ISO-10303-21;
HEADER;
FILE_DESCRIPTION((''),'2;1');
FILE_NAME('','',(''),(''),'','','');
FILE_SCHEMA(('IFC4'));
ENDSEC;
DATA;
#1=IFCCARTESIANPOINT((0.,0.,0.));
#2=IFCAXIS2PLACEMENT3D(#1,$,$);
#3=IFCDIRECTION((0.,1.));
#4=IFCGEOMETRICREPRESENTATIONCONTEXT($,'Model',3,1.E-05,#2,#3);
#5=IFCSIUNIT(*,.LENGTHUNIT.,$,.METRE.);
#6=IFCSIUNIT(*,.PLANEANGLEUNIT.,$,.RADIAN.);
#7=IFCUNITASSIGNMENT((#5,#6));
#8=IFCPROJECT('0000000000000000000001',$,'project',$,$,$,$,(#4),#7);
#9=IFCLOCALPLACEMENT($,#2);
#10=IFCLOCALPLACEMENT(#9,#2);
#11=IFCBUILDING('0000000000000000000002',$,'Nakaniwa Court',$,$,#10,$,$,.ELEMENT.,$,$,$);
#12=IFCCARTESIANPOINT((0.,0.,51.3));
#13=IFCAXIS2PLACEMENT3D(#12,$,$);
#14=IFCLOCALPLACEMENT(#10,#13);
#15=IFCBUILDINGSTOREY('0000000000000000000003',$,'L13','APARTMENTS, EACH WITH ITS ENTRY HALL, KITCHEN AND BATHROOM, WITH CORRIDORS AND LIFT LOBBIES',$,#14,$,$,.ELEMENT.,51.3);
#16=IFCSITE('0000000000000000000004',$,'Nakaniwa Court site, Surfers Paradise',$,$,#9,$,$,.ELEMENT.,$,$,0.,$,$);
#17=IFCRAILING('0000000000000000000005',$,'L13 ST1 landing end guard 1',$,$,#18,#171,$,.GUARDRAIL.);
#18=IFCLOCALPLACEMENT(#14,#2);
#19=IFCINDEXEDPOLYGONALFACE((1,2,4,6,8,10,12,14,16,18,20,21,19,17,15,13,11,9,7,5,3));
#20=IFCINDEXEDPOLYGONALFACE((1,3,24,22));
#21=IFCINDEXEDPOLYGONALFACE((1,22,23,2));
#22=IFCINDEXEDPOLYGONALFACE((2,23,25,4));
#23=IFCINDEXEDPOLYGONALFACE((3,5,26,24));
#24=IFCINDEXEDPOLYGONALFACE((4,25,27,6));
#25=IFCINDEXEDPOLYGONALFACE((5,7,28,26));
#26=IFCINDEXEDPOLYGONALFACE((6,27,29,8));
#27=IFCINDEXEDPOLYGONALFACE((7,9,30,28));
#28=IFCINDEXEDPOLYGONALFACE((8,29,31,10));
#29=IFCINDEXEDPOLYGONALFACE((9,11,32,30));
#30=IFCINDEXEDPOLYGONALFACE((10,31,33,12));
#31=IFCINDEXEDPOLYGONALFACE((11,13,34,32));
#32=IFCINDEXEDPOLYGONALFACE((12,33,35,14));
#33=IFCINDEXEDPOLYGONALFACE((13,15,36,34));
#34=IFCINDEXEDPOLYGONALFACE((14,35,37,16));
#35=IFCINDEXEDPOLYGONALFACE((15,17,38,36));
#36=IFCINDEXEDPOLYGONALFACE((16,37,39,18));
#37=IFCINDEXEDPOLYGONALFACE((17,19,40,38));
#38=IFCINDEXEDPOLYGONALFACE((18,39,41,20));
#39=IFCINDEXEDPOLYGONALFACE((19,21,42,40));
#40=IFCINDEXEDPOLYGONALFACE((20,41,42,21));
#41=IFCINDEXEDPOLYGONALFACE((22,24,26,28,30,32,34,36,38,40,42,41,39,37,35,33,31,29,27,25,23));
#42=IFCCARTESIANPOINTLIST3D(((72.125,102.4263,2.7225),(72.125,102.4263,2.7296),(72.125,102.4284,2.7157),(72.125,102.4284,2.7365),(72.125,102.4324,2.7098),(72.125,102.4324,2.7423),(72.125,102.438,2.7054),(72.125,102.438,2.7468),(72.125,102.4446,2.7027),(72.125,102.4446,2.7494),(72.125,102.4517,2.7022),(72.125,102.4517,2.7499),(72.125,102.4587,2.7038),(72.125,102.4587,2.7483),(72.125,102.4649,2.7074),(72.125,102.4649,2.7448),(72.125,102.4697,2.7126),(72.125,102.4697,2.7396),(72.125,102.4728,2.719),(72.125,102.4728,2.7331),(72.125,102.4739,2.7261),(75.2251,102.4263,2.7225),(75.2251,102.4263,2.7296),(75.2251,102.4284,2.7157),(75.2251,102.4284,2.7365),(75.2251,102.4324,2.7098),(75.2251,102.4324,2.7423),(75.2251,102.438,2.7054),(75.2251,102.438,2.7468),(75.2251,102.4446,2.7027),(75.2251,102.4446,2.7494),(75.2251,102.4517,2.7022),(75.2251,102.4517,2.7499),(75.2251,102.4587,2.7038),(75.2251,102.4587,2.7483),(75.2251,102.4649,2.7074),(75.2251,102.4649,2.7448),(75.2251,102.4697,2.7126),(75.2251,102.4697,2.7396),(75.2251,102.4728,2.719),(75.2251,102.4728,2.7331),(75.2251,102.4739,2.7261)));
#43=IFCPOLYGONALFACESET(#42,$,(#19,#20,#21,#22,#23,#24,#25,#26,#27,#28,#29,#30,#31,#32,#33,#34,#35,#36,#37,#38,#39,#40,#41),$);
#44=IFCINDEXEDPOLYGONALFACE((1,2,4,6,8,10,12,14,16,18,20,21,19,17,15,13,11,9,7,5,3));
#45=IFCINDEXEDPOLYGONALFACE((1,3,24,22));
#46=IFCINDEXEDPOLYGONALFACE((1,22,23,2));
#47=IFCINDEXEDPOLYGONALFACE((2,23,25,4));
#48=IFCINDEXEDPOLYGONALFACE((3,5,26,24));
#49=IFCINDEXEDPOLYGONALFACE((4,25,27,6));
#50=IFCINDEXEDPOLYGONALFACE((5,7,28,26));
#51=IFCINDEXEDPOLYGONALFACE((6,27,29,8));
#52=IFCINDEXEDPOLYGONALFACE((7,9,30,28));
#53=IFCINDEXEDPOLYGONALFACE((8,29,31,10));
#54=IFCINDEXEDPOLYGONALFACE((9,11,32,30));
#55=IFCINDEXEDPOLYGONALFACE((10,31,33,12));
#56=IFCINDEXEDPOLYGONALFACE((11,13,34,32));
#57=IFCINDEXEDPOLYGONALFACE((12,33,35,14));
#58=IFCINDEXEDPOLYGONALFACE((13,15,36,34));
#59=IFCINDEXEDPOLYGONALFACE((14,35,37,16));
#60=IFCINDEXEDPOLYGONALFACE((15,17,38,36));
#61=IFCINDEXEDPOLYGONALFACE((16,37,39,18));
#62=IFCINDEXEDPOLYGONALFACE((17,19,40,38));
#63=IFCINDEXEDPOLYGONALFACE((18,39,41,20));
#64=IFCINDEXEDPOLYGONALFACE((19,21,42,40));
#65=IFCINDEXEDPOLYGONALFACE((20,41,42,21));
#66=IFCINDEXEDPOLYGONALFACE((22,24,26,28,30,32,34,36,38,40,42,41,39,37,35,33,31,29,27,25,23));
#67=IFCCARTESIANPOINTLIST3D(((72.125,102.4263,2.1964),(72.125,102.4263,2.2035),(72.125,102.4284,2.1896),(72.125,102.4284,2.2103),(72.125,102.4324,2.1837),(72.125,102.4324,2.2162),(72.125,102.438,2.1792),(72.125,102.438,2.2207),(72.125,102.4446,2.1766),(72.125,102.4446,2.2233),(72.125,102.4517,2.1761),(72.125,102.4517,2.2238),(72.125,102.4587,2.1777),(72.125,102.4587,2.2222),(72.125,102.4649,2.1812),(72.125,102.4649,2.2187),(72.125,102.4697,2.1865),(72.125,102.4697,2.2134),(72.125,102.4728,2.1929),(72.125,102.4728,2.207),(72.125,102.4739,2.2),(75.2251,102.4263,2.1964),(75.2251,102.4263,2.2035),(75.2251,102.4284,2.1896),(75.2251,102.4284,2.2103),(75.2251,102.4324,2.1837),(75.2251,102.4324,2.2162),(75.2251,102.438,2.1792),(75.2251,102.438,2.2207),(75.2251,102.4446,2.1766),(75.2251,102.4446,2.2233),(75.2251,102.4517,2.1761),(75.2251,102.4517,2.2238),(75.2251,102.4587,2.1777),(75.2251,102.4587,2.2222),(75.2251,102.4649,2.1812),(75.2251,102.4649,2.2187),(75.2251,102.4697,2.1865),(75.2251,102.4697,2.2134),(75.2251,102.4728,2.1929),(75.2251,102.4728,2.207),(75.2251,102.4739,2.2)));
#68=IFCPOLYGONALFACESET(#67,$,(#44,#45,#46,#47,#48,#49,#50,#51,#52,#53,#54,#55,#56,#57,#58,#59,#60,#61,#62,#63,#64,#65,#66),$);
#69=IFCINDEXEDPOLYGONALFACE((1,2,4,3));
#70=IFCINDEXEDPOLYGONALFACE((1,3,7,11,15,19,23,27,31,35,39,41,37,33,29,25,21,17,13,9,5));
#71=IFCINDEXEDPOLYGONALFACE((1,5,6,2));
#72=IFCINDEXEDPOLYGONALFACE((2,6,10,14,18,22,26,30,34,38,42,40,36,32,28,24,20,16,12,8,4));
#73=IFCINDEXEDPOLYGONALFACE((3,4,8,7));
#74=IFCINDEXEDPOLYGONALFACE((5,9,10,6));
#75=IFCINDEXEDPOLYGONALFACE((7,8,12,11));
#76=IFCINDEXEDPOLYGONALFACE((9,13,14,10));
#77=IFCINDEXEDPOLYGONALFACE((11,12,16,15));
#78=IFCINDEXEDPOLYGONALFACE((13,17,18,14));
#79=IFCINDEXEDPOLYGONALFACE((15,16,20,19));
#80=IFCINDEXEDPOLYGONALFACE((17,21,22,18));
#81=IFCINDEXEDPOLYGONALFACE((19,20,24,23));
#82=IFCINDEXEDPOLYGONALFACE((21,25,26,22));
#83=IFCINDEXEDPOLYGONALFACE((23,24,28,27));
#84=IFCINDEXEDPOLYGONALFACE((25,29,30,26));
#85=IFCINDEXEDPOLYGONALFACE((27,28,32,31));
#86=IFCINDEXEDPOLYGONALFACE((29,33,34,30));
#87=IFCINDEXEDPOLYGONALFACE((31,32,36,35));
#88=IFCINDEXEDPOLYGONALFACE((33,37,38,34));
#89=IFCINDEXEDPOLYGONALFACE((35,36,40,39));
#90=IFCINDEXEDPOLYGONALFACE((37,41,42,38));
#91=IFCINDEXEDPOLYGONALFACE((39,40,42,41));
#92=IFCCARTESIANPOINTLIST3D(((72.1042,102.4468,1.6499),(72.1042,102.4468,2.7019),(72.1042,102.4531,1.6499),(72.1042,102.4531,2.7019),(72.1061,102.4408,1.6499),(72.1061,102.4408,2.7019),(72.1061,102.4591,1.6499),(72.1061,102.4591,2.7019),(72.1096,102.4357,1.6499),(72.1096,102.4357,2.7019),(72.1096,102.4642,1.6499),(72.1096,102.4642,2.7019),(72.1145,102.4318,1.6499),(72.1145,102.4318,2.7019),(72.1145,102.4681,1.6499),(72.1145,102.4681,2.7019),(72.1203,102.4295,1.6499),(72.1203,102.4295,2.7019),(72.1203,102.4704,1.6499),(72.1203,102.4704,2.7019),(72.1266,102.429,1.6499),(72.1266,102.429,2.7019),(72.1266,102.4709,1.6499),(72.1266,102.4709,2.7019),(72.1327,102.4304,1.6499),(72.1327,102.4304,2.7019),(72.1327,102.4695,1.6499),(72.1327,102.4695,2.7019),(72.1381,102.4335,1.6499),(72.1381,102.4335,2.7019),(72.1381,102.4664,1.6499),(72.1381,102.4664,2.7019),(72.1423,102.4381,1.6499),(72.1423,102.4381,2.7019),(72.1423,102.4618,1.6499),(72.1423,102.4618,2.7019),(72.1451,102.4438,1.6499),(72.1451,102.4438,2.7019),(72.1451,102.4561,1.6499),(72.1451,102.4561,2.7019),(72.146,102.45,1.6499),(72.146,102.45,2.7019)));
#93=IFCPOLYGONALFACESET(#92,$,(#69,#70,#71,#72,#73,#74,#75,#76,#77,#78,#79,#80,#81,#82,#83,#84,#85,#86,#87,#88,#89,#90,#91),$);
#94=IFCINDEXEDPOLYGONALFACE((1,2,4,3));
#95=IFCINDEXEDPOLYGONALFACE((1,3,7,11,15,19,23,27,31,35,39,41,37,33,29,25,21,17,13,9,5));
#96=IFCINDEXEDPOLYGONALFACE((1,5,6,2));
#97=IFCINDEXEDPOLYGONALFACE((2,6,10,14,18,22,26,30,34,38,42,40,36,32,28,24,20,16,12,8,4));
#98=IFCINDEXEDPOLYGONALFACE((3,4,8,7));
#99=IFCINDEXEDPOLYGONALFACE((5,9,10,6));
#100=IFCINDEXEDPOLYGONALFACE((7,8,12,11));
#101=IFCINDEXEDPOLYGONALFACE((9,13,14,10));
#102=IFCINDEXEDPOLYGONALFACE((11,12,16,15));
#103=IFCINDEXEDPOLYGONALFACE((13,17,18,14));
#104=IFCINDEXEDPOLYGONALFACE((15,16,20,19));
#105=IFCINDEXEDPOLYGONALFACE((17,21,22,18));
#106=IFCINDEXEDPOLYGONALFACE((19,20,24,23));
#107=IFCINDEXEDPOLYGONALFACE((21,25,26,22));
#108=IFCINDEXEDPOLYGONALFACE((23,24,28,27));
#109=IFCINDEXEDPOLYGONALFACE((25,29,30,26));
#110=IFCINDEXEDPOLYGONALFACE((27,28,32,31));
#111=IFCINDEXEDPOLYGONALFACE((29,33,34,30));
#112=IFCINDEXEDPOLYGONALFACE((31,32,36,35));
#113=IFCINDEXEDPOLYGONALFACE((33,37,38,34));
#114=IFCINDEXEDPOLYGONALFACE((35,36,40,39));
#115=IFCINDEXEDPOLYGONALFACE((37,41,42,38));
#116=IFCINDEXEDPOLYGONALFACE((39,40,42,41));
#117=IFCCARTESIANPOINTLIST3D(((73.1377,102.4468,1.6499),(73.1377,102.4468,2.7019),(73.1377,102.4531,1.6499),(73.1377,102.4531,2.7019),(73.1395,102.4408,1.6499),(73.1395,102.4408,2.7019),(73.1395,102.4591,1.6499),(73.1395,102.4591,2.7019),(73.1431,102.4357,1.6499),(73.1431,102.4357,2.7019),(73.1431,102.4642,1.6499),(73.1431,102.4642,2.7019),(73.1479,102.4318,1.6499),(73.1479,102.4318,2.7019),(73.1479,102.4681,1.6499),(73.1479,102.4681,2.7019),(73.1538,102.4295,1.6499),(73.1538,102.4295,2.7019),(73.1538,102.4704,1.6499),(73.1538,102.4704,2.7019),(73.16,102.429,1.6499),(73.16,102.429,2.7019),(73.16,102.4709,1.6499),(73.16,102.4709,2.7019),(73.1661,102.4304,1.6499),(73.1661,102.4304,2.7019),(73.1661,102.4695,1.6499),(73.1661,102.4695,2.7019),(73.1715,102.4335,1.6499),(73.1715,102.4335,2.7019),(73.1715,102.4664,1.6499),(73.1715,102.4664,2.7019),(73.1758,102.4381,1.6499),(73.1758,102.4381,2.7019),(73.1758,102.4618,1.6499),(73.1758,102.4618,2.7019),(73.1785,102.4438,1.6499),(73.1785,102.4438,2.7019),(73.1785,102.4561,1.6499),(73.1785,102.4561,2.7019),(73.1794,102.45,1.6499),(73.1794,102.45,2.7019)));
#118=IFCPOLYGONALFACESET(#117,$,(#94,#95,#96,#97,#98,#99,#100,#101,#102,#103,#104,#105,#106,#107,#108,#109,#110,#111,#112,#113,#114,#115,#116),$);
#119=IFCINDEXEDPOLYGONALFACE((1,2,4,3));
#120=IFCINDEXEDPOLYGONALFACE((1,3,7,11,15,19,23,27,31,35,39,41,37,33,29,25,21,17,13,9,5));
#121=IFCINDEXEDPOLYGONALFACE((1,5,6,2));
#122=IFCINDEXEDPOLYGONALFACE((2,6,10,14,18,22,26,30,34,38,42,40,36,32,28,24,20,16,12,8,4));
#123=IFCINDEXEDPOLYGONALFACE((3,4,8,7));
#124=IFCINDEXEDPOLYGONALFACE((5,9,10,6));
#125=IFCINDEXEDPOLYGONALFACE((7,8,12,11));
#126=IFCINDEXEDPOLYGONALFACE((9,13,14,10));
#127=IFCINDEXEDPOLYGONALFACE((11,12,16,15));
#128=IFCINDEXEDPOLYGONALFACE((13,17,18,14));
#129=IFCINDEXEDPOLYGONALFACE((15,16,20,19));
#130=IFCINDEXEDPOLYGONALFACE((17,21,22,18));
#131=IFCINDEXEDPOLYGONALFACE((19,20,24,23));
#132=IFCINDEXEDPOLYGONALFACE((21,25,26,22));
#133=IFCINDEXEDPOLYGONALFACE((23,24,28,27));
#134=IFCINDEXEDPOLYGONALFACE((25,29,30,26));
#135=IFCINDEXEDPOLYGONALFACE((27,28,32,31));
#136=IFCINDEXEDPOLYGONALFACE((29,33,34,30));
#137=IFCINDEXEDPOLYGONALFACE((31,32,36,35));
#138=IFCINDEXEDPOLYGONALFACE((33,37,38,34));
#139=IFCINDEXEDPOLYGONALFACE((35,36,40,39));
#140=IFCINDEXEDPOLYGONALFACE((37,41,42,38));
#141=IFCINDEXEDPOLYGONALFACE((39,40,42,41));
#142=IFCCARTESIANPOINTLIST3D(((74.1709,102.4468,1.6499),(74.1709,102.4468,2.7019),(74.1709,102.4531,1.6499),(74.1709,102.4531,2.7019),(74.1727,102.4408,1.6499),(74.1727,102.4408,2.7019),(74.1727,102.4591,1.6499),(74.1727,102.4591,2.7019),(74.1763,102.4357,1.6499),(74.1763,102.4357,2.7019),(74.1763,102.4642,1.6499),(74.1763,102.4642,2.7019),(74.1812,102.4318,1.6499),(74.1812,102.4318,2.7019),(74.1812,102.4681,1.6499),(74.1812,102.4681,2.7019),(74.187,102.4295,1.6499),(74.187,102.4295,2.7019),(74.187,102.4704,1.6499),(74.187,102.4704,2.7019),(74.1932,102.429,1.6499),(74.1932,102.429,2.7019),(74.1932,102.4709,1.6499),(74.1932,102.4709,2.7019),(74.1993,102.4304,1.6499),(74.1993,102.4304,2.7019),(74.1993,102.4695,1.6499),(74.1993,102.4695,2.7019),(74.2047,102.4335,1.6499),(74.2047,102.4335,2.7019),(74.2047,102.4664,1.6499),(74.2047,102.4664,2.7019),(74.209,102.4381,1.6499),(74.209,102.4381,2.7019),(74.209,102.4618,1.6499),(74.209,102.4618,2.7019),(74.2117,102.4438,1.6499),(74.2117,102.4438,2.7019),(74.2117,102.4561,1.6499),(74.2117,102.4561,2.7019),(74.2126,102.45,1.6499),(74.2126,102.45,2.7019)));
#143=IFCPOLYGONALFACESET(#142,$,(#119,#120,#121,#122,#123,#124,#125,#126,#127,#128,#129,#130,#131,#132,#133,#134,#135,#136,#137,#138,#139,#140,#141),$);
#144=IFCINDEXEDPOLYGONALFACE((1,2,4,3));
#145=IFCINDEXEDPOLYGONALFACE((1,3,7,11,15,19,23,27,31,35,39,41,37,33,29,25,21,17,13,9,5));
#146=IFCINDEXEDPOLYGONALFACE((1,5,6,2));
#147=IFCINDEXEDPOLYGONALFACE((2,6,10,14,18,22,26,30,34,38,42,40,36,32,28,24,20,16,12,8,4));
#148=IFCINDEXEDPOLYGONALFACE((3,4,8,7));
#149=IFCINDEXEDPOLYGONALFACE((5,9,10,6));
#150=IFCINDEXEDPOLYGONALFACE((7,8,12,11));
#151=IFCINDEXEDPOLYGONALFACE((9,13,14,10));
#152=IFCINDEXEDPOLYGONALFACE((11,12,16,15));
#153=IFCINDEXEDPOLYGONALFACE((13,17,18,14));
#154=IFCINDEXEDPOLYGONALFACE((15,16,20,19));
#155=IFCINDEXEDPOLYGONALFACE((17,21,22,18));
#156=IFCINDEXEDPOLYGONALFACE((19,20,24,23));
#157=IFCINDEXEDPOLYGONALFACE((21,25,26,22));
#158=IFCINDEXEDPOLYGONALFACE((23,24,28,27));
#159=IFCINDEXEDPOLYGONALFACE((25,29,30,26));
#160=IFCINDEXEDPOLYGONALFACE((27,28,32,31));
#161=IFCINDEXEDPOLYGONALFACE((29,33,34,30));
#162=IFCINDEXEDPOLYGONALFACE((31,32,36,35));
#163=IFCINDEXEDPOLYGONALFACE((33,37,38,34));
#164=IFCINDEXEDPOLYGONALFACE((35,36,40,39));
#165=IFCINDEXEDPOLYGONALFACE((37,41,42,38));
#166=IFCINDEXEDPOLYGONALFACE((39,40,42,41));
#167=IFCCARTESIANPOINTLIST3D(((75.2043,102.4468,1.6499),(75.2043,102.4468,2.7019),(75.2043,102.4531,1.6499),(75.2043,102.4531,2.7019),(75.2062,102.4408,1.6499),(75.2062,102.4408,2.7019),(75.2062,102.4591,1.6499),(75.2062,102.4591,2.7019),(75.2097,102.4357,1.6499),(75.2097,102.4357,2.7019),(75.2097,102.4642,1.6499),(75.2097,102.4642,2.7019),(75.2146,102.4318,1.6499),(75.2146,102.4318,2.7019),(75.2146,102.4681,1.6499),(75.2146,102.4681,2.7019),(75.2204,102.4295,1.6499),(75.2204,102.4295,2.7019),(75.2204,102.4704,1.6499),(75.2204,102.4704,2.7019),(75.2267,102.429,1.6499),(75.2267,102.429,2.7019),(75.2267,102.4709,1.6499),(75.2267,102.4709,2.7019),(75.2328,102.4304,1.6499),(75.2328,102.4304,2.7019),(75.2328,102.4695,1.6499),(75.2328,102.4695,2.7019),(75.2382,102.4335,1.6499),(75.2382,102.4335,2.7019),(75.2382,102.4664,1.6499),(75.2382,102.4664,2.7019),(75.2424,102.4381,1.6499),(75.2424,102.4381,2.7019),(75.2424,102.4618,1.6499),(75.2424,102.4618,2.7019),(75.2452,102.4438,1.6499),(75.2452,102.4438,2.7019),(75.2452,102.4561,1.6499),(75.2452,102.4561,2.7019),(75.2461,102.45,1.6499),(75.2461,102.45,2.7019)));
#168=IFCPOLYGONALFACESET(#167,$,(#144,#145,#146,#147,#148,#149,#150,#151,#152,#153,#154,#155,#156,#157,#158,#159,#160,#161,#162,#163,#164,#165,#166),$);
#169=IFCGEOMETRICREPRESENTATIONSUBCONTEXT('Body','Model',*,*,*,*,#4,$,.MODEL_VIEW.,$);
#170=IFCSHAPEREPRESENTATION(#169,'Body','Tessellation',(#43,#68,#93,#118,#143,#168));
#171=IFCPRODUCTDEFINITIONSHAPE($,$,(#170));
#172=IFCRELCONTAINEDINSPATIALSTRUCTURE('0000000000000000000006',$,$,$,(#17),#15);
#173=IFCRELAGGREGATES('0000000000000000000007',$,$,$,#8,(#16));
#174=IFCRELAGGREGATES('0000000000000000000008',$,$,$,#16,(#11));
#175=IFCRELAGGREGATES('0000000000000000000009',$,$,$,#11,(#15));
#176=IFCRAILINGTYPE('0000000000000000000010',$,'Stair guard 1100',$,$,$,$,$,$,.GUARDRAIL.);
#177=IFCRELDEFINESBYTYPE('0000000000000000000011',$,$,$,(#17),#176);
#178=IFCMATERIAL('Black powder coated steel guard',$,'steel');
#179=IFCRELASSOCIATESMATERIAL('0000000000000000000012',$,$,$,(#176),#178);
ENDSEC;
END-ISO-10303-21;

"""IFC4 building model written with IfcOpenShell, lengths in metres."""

from ifc_helpers import new_model, si_unit, direction, frame, origin, origin_2d, place, context, subcontext, project, spatial, circle, extrude, material, type_object, element, save


model = new_model("IFC4")

# Units and contexts
model_context = context("Model", 3, precision=1e-05, world=origin(), true_north=direction((0.0, 1.0)))
body_context = subcontext(model_context, "Body", "Model", "MODEL_VIEW")
ifc_project = project(units=[si_unit("LENGTHUNIT", "METRE"), si_unit("PLANEANGLEUNIT", "RADIAN")], contexts=[model_context])

# Site, building, storey
site_placement = place(None, origin())
site = spatial("IfcSite", under=ifc_project, at=site_placement, Name="Nakaniwa Court site, Surfers Paradise", CompositionType="ELEMENT", RefElevation=0.0)
building_placement = place(site_placement, origin())
building = spatial("IfcBuilding", under=site, at=building_placement, Name="Nakaniwa Court", CompositionType="ELEMENT")
storey_placement = place(building_placement, frame((0.0, 0.0, 51.3)))
storey = spatial("IfcBuildingStorey", under=building, at=storey_placement, Name="L13", Description="APARTMENTS, EACH WITH ITS ENTRY HALL, KITCHEN AND BATHROOM, WITH CORRIDORS AND LIFT LOBBIES", CompositionType="ELEMENT", Elevation=51.3)

# Railing
ifc_material_1 = material(Name="Black powder coated steel guard", Category="steel")
railing_type_1 = type_object("IfcRailingType", Name="Stair guard 1100", PredefinedType="GUARDRAIL", material=ifc_material_1)
railing_1_placement = place(storey_placement, frame((72.125, 102.45, 1.6499)))
element("IfcRailing", 1, at=railing_1_placement, inside=storey, type_object=railing_type_1, Name="L13 ST1 landing end guard 1", PredefinedType="GUARDRAIL", context=body_context, shape_type="SweptSolid", body=[
    extrude(circle(Radius=0.0239, at=origin_2d()), frame((0.0, 0.0, 1.0762), z_axis=(1.0, 0.0, 0.0), x_axis=(0.0, 1.0, 0.0)), (0.0, 0.0, 1.0), 3.1001),
    extrude(circle(Radius=0.0239, at=origin_2d()), frame((0.0, 0.0, 0.55), z_axis=(1.0, 0.0, 0.0), x_axis=(0.0, 1.0, 0.0)), (0.0, 0.0, 1.0), 3.1001),
    extrude(circle(Radius=0.021, at=origin_2d()), origin(), (0.0, 0.0, 1.0), 1.052),
    extrude(circle(Radius=0.021, at=origin_2d()), frame((1.0334, 0.0, 0.0)), (0.0, 0.0, 1.0), 1.052),
    extrude(circle(Radius=0.021, at=origin_2d()), frame((2.0667, 0.0, 0.0)), (0.0, 0.0, 1.0), 1.052),
    extrude(circle(Radius=0.021, at=origin_2d()), frame((3.1001, 0.0, 0.0)), (0.0, 0.0, 1.0), 1.052),
])

save(model, "model.ifc")
